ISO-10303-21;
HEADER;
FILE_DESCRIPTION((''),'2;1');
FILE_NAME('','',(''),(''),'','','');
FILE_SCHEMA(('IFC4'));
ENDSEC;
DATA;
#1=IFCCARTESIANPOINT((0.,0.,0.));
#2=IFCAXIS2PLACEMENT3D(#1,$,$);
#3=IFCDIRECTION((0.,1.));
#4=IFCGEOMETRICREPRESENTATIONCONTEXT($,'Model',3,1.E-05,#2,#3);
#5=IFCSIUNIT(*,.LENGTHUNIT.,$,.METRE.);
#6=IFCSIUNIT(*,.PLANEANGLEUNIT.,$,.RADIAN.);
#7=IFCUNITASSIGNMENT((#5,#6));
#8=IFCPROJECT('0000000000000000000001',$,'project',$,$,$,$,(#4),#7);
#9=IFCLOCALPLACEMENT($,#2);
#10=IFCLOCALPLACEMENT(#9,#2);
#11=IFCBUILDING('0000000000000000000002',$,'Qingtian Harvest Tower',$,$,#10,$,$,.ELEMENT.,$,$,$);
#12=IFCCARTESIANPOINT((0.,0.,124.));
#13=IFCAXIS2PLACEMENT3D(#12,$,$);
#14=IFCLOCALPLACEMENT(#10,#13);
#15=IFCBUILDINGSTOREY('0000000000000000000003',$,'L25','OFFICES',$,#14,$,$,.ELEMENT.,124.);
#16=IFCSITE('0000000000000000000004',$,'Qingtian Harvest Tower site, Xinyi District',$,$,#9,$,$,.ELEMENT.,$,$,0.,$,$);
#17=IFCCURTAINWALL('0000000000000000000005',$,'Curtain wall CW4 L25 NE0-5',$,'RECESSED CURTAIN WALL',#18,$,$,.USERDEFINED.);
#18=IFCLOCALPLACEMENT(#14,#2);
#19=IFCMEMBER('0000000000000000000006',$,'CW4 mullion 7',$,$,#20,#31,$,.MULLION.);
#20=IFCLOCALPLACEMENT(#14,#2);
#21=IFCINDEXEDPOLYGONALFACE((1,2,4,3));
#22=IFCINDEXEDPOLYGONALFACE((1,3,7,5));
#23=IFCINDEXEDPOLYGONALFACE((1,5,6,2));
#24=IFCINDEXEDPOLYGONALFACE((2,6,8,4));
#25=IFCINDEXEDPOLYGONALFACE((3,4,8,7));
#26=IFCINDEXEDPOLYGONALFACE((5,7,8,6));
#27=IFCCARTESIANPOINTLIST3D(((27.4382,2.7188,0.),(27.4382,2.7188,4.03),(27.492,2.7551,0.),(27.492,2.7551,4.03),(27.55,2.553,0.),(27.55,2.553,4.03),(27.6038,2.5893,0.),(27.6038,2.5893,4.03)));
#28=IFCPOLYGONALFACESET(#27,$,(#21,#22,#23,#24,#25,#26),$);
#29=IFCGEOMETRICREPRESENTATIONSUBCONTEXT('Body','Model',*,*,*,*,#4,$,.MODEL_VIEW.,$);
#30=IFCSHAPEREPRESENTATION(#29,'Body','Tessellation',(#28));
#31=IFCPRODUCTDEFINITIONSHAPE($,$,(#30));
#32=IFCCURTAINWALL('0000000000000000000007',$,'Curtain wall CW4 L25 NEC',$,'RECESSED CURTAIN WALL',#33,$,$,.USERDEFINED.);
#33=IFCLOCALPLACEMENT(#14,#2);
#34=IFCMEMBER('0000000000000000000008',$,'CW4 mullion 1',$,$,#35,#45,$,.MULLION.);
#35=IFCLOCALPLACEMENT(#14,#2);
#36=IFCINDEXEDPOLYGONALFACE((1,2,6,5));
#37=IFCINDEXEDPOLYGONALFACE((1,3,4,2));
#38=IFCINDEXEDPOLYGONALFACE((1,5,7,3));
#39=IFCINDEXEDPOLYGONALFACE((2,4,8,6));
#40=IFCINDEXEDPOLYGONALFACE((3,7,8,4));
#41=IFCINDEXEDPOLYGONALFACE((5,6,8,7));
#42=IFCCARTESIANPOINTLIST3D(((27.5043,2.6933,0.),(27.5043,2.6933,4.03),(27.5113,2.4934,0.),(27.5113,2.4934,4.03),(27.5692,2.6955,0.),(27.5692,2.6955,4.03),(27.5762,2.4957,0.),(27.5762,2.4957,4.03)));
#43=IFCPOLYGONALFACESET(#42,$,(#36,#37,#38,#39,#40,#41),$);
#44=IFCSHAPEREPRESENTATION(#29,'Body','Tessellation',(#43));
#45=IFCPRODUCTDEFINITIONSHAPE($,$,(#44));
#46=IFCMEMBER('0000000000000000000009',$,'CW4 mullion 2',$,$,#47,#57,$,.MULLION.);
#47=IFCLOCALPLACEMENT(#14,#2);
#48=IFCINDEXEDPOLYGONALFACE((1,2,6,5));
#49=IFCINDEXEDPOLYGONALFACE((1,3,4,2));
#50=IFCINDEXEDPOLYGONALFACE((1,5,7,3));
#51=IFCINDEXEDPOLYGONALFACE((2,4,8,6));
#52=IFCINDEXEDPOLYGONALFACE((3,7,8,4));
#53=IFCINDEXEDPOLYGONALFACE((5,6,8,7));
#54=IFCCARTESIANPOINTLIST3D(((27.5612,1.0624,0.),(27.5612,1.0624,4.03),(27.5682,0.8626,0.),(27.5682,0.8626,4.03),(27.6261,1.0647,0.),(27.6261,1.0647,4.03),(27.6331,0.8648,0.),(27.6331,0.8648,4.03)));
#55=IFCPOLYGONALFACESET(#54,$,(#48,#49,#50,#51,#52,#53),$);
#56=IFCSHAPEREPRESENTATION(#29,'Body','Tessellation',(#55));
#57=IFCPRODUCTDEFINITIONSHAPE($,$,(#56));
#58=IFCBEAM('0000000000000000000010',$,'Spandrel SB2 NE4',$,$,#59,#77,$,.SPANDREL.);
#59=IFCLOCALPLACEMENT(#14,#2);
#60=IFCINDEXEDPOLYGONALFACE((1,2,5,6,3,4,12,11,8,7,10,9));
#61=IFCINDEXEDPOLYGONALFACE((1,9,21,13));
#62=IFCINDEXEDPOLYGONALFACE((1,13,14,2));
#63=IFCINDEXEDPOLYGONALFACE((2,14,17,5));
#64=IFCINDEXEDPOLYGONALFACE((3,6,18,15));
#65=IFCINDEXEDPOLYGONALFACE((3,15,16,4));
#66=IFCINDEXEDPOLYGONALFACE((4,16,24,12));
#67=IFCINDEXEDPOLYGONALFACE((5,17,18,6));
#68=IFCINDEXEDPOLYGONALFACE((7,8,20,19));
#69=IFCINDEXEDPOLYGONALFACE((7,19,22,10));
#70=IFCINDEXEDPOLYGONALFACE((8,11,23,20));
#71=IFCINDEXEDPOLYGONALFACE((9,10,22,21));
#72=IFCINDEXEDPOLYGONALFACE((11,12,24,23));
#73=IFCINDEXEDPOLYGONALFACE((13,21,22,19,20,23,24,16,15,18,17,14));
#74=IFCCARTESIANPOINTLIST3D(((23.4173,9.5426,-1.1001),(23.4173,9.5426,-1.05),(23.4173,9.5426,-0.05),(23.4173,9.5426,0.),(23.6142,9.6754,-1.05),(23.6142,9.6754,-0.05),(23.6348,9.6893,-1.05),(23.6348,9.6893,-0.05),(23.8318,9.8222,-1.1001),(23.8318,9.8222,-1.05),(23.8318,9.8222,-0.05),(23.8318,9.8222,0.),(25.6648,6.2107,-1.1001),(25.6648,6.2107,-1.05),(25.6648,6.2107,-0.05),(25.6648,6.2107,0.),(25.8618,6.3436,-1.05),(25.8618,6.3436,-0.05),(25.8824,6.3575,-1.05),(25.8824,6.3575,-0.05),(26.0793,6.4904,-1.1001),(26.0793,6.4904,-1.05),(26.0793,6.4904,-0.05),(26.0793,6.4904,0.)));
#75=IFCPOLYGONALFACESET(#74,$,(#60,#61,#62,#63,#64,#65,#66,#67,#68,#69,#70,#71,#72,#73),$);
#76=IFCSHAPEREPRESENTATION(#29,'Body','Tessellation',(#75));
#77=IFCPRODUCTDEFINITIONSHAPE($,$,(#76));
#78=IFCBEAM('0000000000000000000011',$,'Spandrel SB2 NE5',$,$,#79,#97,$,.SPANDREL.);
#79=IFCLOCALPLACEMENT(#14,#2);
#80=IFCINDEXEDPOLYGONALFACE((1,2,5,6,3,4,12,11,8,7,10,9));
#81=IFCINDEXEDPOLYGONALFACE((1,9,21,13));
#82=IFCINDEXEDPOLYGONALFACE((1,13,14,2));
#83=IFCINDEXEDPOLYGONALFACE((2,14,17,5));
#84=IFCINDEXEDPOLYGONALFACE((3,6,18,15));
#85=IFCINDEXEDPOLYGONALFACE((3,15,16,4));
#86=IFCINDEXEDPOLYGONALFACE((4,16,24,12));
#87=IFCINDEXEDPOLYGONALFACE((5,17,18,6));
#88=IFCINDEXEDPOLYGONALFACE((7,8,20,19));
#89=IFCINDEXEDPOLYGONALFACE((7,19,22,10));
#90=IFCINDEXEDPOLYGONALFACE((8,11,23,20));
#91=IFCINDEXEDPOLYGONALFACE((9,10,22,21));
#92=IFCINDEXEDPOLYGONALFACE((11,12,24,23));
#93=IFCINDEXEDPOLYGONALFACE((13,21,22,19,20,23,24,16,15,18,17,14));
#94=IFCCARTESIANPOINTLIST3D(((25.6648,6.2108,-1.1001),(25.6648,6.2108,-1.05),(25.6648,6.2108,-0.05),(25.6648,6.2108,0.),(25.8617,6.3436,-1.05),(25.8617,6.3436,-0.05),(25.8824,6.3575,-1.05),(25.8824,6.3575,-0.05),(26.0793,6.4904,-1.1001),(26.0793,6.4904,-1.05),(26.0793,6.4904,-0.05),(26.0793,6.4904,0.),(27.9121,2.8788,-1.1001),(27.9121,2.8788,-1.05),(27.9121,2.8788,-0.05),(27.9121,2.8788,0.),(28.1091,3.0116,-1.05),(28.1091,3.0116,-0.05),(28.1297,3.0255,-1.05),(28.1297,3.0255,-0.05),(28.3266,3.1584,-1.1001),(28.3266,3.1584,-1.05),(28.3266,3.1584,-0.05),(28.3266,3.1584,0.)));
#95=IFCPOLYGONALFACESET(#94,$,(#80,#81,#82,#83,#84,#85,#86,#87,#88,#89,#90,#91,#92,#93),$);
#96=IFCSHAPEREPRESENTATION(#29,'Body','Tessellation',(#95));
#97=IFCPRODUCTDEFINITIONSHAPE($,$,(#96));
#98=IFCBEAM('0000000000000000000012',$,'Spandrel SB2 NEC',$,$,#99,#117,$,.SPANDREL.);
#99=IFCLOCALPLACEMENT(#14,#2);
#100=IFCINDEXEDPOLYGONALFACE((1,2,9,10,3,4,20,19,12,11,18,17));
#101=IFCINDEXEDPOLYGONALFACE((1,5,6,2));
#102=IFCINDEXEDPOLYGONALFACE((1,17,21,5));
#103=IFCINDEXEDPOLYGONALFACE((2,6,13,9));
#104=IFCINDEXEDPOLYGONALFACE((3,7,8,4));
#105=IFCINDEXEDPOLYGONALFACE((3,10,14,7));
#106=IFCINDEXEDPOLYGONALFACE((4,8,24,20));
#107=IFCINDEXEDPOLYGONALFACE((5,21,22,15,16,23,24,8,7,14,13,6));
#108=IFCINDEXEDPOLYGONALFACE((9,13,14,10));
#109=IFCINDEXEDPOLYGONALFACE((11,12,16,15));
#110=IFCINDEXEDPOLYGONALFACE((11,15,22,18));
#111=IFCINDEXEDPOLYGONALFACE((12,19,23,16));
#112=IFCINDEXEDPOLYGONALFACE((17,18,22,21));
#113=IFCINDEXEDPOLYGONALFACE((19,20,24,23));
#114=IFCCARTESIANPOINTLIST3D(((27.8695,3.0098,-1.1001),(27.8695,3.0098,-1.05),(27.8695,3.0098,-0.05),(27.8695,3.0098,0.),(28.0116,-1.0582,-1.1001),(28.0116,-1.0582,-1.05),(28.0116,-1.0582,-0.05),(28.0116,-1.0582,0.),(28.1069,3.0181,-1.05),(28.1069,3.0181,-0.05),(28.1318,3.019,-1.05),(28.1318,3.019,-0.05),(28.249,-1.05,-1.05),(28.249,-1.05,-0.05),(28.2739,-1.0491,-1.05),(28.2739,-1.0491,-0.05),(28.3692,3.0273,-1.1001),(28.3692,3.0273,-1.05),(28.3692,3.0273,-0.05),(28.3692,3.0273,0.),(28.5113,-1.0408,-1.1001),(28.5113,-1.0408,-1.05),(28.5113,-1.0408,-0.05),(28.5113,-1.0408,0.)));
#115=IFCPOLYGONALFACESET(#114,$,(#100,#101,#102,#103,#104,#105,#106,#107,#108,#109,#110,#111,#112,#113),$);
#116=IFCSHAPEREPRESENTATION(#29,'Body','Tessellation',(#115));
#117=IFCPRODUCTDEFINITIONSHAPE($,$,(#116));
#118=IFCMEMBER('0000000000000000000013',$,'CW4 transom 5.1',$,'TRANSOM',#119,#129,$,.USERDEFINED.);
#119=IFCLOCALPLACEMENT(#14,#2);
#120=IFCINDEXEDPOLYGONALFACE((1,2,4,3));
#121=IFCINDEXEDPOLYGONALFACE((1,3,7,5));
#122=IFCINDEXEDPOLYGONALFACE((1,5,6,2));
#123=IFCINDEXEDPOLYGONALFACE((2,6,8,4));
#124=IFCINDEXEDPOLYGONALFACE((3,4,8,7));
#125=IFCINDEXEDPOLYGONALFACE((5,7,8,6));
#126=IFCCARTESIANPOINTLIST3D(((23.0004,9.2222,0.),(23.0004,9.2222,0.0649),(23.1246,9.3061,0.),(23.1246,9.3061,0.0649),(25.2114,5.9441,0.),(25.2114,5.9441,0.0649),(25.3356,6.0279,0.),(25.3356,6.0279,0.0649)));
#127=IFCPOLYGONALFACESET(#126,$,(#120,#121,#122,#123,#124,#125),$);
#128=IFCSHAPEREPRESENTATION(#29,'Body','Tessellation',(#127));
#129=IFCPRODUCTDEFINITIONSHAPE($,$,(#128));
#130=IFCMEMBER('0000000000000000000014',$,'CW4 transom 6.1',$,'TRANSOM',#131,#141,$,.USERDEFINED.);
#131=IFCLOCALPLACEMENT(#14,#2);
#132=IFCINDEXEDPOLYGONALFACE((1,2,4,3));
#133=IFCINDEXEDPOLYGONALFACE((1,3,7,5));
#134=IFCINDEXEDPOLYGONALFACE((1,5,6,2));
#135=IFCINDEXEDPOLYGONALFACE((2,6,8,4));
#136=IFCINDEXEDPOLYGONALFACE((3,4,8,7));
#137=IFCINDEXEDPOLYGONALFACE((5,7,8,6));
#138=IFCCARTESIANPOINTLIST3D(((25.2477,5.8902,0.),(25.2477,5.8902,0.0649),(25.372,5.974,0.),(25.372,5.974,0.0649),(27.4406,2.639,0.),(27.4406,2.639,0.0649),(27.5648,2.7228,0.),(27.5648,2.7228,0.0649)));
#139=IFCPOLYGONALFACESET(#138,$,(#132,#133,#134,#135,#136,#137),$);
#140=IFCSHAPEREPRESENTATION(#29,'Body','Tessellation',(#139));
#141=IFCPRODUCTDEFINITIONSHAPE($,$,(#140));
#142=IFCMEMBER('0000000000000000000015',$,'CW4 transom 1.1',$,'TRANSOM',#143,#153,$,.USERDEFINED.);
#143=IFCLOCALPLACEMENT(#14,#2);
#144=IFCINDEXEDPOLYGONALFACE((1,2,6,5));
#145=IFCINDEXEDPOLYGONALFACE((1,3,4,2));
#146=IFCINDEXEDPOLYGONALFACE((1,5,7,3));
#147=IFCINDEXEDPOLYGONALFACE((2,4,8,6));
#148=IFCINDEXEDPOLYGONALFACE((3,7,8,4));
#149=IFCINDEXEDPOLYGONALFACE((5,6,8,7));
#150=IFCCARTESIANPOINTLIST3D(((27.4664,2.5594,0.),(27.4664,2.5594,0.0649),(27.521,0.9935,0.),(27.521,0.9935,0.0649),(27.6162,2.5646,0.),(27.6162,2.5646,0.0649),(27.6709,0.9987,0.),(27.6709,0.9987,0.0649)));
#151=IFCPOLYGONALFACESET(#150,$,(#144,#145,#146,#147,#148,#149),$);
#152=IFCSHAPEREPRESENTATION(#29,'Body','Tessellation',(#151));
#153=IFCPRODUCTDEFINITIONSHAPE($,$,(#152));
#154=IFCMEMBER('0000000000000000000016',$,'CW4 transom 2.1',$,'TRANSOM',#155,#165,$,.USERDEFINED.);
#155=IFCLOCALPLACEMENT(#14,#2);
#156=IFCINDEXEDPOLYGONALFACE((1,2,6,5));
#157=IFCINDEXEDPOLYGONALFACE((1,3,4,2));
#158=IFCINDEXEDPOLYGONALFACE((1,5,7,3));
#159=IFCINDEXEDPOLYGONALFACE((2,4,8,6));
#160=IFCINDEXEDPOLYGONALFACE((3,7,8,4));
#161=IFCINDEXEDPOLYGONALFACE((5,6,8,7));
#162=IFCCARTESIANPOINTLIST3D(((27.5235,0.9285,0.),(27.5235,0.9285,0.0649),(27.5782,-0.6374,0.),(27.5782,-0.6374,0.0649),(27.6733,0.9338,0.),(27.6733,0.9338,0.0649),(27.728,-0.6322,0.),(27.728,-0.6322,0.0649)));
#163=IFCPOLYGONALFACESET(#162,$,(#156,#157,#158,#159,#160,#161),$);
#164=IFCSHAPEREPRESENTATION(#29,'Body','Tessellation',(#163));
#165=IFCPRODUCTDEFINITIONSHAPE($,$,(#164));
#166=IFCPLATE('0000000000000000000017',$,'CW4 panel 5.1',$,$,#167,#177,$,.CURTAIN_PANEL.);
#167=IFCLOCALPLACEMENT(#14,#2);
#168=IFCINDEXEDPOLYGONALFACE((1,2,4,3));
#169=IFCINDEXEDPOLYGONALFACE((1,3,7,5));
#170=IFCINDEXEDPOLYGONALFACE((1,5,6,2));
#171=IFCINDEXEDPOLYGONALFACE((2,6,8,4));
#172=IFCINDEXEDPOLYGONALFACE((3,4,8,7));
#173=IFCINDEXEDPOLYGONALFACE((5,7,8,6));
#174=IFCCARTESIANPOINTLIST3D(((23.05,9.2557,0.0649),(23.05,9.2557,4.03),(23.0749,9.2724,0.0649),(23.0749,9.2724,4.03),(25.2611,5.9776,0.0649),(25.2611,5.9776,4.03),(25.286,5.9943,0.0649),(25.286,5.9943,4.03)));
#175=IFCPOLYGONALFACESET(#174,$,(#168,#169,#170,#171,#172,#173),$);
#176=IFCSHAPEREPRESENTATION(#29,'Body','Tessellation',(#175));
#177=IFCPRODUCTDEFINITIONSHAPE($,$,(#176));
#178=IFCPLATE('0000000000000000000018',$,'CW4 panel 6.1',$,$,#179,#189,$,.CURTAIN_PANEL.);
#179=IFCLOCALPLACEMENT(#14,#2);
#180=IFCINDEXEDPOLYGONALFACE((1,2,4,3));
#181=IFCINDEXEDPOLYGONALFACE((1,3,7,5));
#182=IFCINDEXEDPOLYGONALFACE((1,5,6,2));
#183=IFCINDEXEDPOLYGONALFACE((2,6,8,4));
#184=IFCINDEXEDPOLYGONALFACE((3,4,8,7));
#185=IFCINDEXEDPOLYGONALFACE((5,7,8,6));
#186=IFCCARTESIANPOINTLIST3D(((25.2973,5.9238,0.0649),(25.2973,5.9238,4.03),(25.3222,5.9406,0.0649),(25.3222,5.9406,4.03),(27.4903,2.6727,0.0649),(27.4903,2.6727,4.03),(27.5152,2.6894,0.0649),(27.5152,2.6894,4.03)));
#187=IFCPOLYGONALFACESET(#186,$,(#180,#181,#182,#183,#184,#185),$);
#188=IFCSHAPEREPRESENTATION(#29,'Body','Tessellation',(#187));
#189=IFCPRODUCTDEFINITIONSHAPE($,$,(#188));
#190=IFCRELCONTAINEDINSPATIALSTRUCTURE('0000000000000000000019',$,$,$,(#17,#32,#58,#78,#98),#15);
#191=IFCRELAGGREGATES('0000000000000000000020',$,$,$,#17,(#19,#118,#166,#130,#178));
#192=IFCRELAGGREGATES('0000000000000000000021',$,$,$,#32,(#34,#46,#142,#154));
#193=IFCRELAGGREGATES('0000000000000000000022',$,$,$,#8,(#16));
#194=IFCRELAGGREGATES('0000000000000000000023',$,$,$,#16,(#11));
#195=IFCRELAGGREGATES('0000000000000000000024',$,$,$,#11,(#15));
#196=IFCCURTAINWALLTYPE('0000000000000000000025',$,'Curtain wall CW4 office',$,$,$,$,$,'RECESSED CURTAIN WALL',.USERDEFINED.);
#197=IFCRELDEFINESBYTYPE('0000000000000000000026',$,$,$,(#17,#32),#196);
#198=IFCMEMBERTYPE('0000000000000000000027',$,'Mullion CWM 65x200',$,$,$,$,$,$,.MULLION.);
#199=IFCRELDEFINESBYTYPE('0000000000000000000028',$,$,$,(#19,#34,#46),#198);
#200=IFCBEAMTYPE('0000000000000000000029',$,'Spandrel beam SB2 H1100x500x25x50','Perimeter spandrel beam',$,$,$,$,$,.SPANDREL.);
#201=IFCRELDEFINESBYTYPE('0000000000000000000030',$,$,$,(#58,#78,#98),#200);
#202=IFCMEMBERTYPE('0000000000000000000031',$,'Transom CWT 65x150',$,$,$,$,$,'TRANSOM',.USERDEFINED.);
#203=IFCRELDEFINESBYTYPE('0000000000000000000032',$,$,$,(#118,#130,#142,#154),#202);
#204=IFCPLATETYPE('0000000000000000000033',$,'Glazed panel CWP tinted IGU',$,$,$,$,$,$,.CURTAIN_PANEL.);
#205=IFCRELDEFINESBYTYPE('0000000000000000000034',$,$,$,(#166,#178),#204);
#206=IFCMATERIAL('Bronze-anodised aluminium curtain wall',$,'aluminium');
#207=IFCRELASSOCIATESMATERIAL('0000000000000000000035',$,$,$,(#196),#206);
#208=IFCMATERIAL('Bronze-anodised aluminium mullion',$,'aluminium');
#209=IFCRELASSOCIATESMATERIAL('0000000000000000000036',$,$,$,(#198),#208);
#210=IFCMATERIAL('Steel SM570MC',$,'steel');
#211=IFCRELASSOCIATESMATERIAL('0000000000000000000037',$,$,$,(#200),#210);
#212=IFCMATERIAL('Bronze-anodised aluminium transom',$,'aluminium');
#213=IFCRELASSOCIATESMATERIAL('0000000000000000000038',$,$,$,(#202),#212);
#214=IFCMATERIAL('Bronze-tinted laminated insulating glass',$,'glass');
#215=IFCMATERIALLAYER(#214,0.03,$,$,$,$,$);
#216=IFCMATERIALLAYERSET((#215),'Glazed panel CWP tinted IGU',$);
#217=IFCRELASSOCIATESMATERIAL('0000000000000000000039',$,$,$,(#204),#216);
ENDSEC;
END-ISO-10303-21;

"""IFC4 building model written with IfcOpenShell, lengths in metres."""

from ifc_helpers import new_model, si_unit, direction, frame, origin, origin_2d, place, context, subcontext, project, spatial, rectangle, i_section, extrude, material, layer, layer_set, material_profile, profile_set, type_object, element, aggregate, save


model = new_model("IFC4")

# Units and contexts
model_context = context("Model", 3, precision=1e-05, world=origin(), true_north=direction((0.0, 1.0)))
body_context = subcontext(model_context, "Body", "Model", "MODEL_VIEW")
ifc_project = project(units=[si_unit("LENGTHUNIT", "METRE"), si_unit("PLANEANGLEUNIT", "RADIAN")], contexts=[model_context])

# Site, building, storey
site_placement = place(None, origin())
site = spatial("IfcSite", under=ifc_project, at=site_placement, Name="Qingtian Harvest Tower site, Xinyi District", CompositionType="ELEMENT", RefElevation=0.0)
building_placement = place(site_placement, origin())
building = spatial("IfcBuilding", under=site, at=building_placement, Name="Qingtian Harvest Tower", CompositionType="ELEMENT")
storey_placement = place(building_placement, frame((0.0, 0.0, 124.0)))
storey = spatial("IfcBuildingStorey", under=building, at=storey_placement, Name="L25", Description="OFFICES", CompositionType="ELEMENT", Elevation=124.0)

# Curtain walls, members
ifc_material_1 = material(Name="Bronze-anodised aluminium curtain wall", Category="aluminium")
curtain_wall_type = type_object("IfcCurtainWallType", Name="Curtain wall CW4 office", ElementType="RECESSED CURTAIN WALL", PredefinedType="USERDEFINED", material=ifc_material_1)
curtain_wall_1_placement = place(storey_placement, origin())
curtain_wall_1 = element("IfcCurtainWall", 1, at=curtain_wall_1_placement, inside=storey, type_object=curtain_wall_type, Name="Curtain wall CW4 L25 NE0-5", ObjectType="RECESSED CURTAIN WALL", PredefinedType="USERDEFINED")
ifc_material_2 = material(Name="Bronze-anodised aluminium mullion", Category="aluminium")
ifc_material_profile_1 = material_profile(ifc_material_2, rectangle(XDim=0.0649, YDim=0.2, at=origin_2d()), Name="AL 65x200")
ifc_profile_set_1 = profile_set([ifc_material_profile_1], Name="Bronze-anodised aluminium mullion")
member_type_1 = type_object("IfcMemberType", Name="Mullion CWM 65x200", PredefinedType="MULLION", material=ifc_profile_set_1)
member_1_placement = place(storey_placement, frame((27.521, 2.6541, 0.0), z_axis=(0.0, 0.0, 1.0), x_axis=(0.829038, 0.559193, 0.0)))
member_1 = element("IfcMember", 2, at=member_1_placement, type_object=member_type_1, Name="CW4 mullion 7", PredefinedType="MULLION", context=body_context, shape_type="SweptSolid", body=[
    extrude(rectangle(XDim=0.0649, YDim=0.2, at=origin_2d()), origin(), (0.0, 0.0, 1.0), 4.03),
])
curtain_wall_2_placement = place(storey_placement, origin())
curtain_wall_2 = element("IfcCurtainWall", 3, at=curtain_wall_2_placement, inside=storey, type_object=curtain_wall_type, Name="Curtain wall CW4 L25 NEC", ObjectType="RECESSED CURTAIN WALL", PredefinedType="USERDEFINED")
member_2_placement = place(storey_placement, frame((27.5403, 2.5945, 0.0), z_axis=(0.0, 0.0, 1.0), x_axis=(0.999391, 0.034899, 0.0)))
member_2 = element("IfcMember", 4, at=member_2_placement, type_object=member_type_1, Name="CW4 mullion 1", PredefinedType="MULLION", context=body_context, shape_type="SweptSolid", body=[
    extrude(rectangle(XDim=0.0649, YDim=0.2, at=origin_2d()), origin(), (0.0, 0.0, 1.0), 4.03),
])
member_3_placement = place(storey_placement, frame((27.5972, 0.9636, 0.0), z_axis=(0.0, 0.0, 1.0), x_axis=(0.999391, 0.034899, 0.0)))
member_3 = element("IfcMember", 5, at=member_3_placement, type_object=member_type_1, Name="CW4 mullion 2", PredefinedType="MULLION", context=body_context, shape_type="SweptSolid", body=[
    extrude(rectangle(XDim=0.0649, YDim=0.2, at=origin_2d()), origin(), (0.0, 0.0, 1.0), 4.03),
])

# Beams
ifc_material_3 = material(Name="Steel SM570MC", Category="steel")
ifc_material_profile_2 = material_profile(ifc_material_3, i_section(OverallWidth=0.5, OverallDepth=1.1001, WebThickness=0.0249, FlangeThickness=0.05, at=origin_2d()), Name="H1100x500x25x50")
ifc_profile_set_2 = profile_set([ifc_material_profile_2], Name="Steel SM570MC")
beam_type_1 = type_object("IfcBeamType", Name="Spandrel beam SB2 H1100x500x25x50", Description="Perimeter spandrel beam", PredefinedType="SPANDREL", material=ifc_profile_set_2)
for number, where, z_axis, x_axis, name in (
    (6, (23.6245, 9.6824, -0.55), (0.559234, -0.82901, 0.0), (0.82901, 0.559234, 0.0), "Spandrel SB2 NE4"),
    (7, (25.8721, 6.3506, -0.55), (0.559164, -0.829057, 0.0), (0.829057, 0.559164, 0.0), "Spandrel SB2 NE5"),
):
    element("IfcBeam", number, at=place(storey_placement, frame(where, z_axis=z_axis, x_axis=x_axis)), inside=storey, type_object=beam_type_1, Name=name, PredefinedType="SPANDREL", context=body_context, shape_type="SweptSolid", body=[
        extrude(i_section(OverallWidth=0.5, OverallDepth=1.1001, WebThickness=0.0249, FlangeThickness=0.05, at=origin_2d()), origin(), (0.0, 0.0, 1.0), 4.019),
    ])
beam_1_placement = place(storey_placement, frame((28.1194, 3.0186, -0.55), z_axis=(0.034906, -0.999391, 0.0), x_axis=(0.999391, 0.034906, 0.0)))
element("IfcBeam", 8, at=beam_1_placement, inside=storey, type_object=beam_type_1, Name="Spandrel SB2 NEC", PredefinedType="SPANDREL", context=body_context, shape_type="SweptSolid", body=[
    extrude(i_section(OverallWidth=0.5, OverallDepth=1.1001, WebThickness=0.0249, FlangeThickness=0.05, at=origin_2d()), origin(), (0.0, 0.0, 1.0), 4.0706),
])

# Members
ifc_material_4 = material(Name="Bronze-anodised aluminium transom", Category="aluminium")
ifc_material_profile_3 = material_profile(ifc_material_4, rectangle(XDim=0.1499, YDim=0.0649, at=origin_2d()), Name="AL 65x150")
ifc_profile_set_3 = profile_set([ifc_material_profile_3], Name="Bronze-anodised aluminium transom")
member_type_2 = type_object("IfcMemberType", Name="Transom CWT 65x150", ElementType="TRANSOM", PredefinedType="USERDEFINED", material=ifc_profile_set_3)
member_4_placement = place(storey_placement, frame((23.0625, 9.2642, 0.0325), z_axis=(0.559166, -0.829055, 0.0), x_axis=(0.829055, 0.559166, 0.0)))
member_4 = element("IfcMember", 9, at=member_4_placement, type_object=member_type_2, Name="CW4 transom 5.1", ObjectType="TRANSOM", PredefinedType="USERDEFINED", context=body_context, shape_type="SweptSolid", body=[
    extrude(rectangle(XDim=0.1499, YDim=0.0649, at=origin_2d()), origin(), (0.0, 0.0, 1.0), 3.9541),
])
member_5_placement = place(storey_placement, frame((25.3098, 5.9321, 0.0325), z_axis=(0.559175, -0.82905, 0.0), x_axis=(0.82905, 0.559175, 0.0)))
member_5 = element("IfcMember", 10, at=member_5_placement, type_object=member_type_2, Name="CW4 transom 6.1", ObjectType="TRANSOM", PredefinedType="USERDEFINED", context=body_context, shape_type="SweptSolid", body=[
    extrude(rectangle(XDim=0.1499, YDim=0.0649, at=origin_2d()), origin(), (0.0, 0.0, 1.0), 3.9216),
])
member_6_placement = place(storey_placement, frame((27.5413, 2.562, 0.0325), z_axis=(0.034902, -0.999391, 0.0), x_axis=(0.999391, 0.034902, 0.0)))
member_6 = element("IfcMember", 11, at=member_6_placement, type_object=member_type_2, Name="CW4 transom 1.1", ObjectType="TRANSOM", PredefinedType="USERDEFINED", context=body_context, shape_type="SweptSolid", body=[
    extrude(rectangle(XDim=0.1499, YDim=0.0649, at=origin_2d()), origin(), (0.0, 0.0, 1.0), 1.5669),
])
member_7_placement = place(storey_placement, frame((27.5984, 0.9312, 0.0325), z_axis=(0.034902, -0.999391, 0.0), x_axis=(0.999391, 0.034902, 0.0)))
member_7 = element("IfcMember", 12, at=member_7_placement, type_object=member_type_2, Name="CW4 transom 2.1", ObjectType="TRANSOM", PredefinedType="USERDEFINED", context=body_context, shape_type="SweptSolid", body=[
    extrude(rectangle(XDim=0.1499, YDim=0.0649, at=origin_2d()), origin(), (0.0, 0.0, 1.0), 1.5669),
])

# Plates
ifc_material_5 = material(Name="Bronze-tinted laminated insulating glass", Category="glass")
ifc_layer_1 = layer(ifc_material_5, 0.03)
ifc_layer_set_1 = layer_set([ifc_layer_1], Name="Glazed panel CWP tinted IGU")
plate_type = type_object("IfcPlateType", Name="Glazed panel CWP tinted IGU", PredefinedType="CURTAIN_PANEL", material=ifc_layer_set_1)
plate_1_placement = place(storey_placement, frame((24.168, 7.625, 0.0649), z_axis=(0.0, 0.0, 1.0), x_axis=(0.559193, -0.829038, 0.0)))
plate_1 = element("IfcPlate", 13, at=plate_1_placement, type_object=plate_type, Name="CW4 panel 5.1", PredefinedType="CURTAIN_PANEL", context=body_context, shape_type="SweptSolid", body=[
    extrude(rectangle(XDim=3.9541, YDim=0.03, at=origin_2d()), origin(), (0.0, 0.0, 1.0), 3.9651),
])
plate_2_placement = place(storey_placement, frame((26.4062, 4.3066, 0.0649), z_axis=(0.0, 0.0, 1.0), x_axis=(0.559193, -0.829038, 0.0)))
plate_2 = element("IfcPlate", 14, at=plate_2_placement, type_object=plate_type, Name="CW4 panel 6.1", PredefinedType="CURTAIN_PANEL", context=body_context, shape_type="SweptSolid", body=[
    extrude(rectangle(XDim=3.9216, YDim=0.03, at=origin_2d()), origin(), (0.0, 0.0, 1.0), 3.9651),
])
aggregate(curtain_wall_1, [member_1, member_4, plate_1, member_5, plate_2])
aggregate(curtain_wall_2, [member_2, member_3, member_6, member_7])

save(model, "model.ifc")
